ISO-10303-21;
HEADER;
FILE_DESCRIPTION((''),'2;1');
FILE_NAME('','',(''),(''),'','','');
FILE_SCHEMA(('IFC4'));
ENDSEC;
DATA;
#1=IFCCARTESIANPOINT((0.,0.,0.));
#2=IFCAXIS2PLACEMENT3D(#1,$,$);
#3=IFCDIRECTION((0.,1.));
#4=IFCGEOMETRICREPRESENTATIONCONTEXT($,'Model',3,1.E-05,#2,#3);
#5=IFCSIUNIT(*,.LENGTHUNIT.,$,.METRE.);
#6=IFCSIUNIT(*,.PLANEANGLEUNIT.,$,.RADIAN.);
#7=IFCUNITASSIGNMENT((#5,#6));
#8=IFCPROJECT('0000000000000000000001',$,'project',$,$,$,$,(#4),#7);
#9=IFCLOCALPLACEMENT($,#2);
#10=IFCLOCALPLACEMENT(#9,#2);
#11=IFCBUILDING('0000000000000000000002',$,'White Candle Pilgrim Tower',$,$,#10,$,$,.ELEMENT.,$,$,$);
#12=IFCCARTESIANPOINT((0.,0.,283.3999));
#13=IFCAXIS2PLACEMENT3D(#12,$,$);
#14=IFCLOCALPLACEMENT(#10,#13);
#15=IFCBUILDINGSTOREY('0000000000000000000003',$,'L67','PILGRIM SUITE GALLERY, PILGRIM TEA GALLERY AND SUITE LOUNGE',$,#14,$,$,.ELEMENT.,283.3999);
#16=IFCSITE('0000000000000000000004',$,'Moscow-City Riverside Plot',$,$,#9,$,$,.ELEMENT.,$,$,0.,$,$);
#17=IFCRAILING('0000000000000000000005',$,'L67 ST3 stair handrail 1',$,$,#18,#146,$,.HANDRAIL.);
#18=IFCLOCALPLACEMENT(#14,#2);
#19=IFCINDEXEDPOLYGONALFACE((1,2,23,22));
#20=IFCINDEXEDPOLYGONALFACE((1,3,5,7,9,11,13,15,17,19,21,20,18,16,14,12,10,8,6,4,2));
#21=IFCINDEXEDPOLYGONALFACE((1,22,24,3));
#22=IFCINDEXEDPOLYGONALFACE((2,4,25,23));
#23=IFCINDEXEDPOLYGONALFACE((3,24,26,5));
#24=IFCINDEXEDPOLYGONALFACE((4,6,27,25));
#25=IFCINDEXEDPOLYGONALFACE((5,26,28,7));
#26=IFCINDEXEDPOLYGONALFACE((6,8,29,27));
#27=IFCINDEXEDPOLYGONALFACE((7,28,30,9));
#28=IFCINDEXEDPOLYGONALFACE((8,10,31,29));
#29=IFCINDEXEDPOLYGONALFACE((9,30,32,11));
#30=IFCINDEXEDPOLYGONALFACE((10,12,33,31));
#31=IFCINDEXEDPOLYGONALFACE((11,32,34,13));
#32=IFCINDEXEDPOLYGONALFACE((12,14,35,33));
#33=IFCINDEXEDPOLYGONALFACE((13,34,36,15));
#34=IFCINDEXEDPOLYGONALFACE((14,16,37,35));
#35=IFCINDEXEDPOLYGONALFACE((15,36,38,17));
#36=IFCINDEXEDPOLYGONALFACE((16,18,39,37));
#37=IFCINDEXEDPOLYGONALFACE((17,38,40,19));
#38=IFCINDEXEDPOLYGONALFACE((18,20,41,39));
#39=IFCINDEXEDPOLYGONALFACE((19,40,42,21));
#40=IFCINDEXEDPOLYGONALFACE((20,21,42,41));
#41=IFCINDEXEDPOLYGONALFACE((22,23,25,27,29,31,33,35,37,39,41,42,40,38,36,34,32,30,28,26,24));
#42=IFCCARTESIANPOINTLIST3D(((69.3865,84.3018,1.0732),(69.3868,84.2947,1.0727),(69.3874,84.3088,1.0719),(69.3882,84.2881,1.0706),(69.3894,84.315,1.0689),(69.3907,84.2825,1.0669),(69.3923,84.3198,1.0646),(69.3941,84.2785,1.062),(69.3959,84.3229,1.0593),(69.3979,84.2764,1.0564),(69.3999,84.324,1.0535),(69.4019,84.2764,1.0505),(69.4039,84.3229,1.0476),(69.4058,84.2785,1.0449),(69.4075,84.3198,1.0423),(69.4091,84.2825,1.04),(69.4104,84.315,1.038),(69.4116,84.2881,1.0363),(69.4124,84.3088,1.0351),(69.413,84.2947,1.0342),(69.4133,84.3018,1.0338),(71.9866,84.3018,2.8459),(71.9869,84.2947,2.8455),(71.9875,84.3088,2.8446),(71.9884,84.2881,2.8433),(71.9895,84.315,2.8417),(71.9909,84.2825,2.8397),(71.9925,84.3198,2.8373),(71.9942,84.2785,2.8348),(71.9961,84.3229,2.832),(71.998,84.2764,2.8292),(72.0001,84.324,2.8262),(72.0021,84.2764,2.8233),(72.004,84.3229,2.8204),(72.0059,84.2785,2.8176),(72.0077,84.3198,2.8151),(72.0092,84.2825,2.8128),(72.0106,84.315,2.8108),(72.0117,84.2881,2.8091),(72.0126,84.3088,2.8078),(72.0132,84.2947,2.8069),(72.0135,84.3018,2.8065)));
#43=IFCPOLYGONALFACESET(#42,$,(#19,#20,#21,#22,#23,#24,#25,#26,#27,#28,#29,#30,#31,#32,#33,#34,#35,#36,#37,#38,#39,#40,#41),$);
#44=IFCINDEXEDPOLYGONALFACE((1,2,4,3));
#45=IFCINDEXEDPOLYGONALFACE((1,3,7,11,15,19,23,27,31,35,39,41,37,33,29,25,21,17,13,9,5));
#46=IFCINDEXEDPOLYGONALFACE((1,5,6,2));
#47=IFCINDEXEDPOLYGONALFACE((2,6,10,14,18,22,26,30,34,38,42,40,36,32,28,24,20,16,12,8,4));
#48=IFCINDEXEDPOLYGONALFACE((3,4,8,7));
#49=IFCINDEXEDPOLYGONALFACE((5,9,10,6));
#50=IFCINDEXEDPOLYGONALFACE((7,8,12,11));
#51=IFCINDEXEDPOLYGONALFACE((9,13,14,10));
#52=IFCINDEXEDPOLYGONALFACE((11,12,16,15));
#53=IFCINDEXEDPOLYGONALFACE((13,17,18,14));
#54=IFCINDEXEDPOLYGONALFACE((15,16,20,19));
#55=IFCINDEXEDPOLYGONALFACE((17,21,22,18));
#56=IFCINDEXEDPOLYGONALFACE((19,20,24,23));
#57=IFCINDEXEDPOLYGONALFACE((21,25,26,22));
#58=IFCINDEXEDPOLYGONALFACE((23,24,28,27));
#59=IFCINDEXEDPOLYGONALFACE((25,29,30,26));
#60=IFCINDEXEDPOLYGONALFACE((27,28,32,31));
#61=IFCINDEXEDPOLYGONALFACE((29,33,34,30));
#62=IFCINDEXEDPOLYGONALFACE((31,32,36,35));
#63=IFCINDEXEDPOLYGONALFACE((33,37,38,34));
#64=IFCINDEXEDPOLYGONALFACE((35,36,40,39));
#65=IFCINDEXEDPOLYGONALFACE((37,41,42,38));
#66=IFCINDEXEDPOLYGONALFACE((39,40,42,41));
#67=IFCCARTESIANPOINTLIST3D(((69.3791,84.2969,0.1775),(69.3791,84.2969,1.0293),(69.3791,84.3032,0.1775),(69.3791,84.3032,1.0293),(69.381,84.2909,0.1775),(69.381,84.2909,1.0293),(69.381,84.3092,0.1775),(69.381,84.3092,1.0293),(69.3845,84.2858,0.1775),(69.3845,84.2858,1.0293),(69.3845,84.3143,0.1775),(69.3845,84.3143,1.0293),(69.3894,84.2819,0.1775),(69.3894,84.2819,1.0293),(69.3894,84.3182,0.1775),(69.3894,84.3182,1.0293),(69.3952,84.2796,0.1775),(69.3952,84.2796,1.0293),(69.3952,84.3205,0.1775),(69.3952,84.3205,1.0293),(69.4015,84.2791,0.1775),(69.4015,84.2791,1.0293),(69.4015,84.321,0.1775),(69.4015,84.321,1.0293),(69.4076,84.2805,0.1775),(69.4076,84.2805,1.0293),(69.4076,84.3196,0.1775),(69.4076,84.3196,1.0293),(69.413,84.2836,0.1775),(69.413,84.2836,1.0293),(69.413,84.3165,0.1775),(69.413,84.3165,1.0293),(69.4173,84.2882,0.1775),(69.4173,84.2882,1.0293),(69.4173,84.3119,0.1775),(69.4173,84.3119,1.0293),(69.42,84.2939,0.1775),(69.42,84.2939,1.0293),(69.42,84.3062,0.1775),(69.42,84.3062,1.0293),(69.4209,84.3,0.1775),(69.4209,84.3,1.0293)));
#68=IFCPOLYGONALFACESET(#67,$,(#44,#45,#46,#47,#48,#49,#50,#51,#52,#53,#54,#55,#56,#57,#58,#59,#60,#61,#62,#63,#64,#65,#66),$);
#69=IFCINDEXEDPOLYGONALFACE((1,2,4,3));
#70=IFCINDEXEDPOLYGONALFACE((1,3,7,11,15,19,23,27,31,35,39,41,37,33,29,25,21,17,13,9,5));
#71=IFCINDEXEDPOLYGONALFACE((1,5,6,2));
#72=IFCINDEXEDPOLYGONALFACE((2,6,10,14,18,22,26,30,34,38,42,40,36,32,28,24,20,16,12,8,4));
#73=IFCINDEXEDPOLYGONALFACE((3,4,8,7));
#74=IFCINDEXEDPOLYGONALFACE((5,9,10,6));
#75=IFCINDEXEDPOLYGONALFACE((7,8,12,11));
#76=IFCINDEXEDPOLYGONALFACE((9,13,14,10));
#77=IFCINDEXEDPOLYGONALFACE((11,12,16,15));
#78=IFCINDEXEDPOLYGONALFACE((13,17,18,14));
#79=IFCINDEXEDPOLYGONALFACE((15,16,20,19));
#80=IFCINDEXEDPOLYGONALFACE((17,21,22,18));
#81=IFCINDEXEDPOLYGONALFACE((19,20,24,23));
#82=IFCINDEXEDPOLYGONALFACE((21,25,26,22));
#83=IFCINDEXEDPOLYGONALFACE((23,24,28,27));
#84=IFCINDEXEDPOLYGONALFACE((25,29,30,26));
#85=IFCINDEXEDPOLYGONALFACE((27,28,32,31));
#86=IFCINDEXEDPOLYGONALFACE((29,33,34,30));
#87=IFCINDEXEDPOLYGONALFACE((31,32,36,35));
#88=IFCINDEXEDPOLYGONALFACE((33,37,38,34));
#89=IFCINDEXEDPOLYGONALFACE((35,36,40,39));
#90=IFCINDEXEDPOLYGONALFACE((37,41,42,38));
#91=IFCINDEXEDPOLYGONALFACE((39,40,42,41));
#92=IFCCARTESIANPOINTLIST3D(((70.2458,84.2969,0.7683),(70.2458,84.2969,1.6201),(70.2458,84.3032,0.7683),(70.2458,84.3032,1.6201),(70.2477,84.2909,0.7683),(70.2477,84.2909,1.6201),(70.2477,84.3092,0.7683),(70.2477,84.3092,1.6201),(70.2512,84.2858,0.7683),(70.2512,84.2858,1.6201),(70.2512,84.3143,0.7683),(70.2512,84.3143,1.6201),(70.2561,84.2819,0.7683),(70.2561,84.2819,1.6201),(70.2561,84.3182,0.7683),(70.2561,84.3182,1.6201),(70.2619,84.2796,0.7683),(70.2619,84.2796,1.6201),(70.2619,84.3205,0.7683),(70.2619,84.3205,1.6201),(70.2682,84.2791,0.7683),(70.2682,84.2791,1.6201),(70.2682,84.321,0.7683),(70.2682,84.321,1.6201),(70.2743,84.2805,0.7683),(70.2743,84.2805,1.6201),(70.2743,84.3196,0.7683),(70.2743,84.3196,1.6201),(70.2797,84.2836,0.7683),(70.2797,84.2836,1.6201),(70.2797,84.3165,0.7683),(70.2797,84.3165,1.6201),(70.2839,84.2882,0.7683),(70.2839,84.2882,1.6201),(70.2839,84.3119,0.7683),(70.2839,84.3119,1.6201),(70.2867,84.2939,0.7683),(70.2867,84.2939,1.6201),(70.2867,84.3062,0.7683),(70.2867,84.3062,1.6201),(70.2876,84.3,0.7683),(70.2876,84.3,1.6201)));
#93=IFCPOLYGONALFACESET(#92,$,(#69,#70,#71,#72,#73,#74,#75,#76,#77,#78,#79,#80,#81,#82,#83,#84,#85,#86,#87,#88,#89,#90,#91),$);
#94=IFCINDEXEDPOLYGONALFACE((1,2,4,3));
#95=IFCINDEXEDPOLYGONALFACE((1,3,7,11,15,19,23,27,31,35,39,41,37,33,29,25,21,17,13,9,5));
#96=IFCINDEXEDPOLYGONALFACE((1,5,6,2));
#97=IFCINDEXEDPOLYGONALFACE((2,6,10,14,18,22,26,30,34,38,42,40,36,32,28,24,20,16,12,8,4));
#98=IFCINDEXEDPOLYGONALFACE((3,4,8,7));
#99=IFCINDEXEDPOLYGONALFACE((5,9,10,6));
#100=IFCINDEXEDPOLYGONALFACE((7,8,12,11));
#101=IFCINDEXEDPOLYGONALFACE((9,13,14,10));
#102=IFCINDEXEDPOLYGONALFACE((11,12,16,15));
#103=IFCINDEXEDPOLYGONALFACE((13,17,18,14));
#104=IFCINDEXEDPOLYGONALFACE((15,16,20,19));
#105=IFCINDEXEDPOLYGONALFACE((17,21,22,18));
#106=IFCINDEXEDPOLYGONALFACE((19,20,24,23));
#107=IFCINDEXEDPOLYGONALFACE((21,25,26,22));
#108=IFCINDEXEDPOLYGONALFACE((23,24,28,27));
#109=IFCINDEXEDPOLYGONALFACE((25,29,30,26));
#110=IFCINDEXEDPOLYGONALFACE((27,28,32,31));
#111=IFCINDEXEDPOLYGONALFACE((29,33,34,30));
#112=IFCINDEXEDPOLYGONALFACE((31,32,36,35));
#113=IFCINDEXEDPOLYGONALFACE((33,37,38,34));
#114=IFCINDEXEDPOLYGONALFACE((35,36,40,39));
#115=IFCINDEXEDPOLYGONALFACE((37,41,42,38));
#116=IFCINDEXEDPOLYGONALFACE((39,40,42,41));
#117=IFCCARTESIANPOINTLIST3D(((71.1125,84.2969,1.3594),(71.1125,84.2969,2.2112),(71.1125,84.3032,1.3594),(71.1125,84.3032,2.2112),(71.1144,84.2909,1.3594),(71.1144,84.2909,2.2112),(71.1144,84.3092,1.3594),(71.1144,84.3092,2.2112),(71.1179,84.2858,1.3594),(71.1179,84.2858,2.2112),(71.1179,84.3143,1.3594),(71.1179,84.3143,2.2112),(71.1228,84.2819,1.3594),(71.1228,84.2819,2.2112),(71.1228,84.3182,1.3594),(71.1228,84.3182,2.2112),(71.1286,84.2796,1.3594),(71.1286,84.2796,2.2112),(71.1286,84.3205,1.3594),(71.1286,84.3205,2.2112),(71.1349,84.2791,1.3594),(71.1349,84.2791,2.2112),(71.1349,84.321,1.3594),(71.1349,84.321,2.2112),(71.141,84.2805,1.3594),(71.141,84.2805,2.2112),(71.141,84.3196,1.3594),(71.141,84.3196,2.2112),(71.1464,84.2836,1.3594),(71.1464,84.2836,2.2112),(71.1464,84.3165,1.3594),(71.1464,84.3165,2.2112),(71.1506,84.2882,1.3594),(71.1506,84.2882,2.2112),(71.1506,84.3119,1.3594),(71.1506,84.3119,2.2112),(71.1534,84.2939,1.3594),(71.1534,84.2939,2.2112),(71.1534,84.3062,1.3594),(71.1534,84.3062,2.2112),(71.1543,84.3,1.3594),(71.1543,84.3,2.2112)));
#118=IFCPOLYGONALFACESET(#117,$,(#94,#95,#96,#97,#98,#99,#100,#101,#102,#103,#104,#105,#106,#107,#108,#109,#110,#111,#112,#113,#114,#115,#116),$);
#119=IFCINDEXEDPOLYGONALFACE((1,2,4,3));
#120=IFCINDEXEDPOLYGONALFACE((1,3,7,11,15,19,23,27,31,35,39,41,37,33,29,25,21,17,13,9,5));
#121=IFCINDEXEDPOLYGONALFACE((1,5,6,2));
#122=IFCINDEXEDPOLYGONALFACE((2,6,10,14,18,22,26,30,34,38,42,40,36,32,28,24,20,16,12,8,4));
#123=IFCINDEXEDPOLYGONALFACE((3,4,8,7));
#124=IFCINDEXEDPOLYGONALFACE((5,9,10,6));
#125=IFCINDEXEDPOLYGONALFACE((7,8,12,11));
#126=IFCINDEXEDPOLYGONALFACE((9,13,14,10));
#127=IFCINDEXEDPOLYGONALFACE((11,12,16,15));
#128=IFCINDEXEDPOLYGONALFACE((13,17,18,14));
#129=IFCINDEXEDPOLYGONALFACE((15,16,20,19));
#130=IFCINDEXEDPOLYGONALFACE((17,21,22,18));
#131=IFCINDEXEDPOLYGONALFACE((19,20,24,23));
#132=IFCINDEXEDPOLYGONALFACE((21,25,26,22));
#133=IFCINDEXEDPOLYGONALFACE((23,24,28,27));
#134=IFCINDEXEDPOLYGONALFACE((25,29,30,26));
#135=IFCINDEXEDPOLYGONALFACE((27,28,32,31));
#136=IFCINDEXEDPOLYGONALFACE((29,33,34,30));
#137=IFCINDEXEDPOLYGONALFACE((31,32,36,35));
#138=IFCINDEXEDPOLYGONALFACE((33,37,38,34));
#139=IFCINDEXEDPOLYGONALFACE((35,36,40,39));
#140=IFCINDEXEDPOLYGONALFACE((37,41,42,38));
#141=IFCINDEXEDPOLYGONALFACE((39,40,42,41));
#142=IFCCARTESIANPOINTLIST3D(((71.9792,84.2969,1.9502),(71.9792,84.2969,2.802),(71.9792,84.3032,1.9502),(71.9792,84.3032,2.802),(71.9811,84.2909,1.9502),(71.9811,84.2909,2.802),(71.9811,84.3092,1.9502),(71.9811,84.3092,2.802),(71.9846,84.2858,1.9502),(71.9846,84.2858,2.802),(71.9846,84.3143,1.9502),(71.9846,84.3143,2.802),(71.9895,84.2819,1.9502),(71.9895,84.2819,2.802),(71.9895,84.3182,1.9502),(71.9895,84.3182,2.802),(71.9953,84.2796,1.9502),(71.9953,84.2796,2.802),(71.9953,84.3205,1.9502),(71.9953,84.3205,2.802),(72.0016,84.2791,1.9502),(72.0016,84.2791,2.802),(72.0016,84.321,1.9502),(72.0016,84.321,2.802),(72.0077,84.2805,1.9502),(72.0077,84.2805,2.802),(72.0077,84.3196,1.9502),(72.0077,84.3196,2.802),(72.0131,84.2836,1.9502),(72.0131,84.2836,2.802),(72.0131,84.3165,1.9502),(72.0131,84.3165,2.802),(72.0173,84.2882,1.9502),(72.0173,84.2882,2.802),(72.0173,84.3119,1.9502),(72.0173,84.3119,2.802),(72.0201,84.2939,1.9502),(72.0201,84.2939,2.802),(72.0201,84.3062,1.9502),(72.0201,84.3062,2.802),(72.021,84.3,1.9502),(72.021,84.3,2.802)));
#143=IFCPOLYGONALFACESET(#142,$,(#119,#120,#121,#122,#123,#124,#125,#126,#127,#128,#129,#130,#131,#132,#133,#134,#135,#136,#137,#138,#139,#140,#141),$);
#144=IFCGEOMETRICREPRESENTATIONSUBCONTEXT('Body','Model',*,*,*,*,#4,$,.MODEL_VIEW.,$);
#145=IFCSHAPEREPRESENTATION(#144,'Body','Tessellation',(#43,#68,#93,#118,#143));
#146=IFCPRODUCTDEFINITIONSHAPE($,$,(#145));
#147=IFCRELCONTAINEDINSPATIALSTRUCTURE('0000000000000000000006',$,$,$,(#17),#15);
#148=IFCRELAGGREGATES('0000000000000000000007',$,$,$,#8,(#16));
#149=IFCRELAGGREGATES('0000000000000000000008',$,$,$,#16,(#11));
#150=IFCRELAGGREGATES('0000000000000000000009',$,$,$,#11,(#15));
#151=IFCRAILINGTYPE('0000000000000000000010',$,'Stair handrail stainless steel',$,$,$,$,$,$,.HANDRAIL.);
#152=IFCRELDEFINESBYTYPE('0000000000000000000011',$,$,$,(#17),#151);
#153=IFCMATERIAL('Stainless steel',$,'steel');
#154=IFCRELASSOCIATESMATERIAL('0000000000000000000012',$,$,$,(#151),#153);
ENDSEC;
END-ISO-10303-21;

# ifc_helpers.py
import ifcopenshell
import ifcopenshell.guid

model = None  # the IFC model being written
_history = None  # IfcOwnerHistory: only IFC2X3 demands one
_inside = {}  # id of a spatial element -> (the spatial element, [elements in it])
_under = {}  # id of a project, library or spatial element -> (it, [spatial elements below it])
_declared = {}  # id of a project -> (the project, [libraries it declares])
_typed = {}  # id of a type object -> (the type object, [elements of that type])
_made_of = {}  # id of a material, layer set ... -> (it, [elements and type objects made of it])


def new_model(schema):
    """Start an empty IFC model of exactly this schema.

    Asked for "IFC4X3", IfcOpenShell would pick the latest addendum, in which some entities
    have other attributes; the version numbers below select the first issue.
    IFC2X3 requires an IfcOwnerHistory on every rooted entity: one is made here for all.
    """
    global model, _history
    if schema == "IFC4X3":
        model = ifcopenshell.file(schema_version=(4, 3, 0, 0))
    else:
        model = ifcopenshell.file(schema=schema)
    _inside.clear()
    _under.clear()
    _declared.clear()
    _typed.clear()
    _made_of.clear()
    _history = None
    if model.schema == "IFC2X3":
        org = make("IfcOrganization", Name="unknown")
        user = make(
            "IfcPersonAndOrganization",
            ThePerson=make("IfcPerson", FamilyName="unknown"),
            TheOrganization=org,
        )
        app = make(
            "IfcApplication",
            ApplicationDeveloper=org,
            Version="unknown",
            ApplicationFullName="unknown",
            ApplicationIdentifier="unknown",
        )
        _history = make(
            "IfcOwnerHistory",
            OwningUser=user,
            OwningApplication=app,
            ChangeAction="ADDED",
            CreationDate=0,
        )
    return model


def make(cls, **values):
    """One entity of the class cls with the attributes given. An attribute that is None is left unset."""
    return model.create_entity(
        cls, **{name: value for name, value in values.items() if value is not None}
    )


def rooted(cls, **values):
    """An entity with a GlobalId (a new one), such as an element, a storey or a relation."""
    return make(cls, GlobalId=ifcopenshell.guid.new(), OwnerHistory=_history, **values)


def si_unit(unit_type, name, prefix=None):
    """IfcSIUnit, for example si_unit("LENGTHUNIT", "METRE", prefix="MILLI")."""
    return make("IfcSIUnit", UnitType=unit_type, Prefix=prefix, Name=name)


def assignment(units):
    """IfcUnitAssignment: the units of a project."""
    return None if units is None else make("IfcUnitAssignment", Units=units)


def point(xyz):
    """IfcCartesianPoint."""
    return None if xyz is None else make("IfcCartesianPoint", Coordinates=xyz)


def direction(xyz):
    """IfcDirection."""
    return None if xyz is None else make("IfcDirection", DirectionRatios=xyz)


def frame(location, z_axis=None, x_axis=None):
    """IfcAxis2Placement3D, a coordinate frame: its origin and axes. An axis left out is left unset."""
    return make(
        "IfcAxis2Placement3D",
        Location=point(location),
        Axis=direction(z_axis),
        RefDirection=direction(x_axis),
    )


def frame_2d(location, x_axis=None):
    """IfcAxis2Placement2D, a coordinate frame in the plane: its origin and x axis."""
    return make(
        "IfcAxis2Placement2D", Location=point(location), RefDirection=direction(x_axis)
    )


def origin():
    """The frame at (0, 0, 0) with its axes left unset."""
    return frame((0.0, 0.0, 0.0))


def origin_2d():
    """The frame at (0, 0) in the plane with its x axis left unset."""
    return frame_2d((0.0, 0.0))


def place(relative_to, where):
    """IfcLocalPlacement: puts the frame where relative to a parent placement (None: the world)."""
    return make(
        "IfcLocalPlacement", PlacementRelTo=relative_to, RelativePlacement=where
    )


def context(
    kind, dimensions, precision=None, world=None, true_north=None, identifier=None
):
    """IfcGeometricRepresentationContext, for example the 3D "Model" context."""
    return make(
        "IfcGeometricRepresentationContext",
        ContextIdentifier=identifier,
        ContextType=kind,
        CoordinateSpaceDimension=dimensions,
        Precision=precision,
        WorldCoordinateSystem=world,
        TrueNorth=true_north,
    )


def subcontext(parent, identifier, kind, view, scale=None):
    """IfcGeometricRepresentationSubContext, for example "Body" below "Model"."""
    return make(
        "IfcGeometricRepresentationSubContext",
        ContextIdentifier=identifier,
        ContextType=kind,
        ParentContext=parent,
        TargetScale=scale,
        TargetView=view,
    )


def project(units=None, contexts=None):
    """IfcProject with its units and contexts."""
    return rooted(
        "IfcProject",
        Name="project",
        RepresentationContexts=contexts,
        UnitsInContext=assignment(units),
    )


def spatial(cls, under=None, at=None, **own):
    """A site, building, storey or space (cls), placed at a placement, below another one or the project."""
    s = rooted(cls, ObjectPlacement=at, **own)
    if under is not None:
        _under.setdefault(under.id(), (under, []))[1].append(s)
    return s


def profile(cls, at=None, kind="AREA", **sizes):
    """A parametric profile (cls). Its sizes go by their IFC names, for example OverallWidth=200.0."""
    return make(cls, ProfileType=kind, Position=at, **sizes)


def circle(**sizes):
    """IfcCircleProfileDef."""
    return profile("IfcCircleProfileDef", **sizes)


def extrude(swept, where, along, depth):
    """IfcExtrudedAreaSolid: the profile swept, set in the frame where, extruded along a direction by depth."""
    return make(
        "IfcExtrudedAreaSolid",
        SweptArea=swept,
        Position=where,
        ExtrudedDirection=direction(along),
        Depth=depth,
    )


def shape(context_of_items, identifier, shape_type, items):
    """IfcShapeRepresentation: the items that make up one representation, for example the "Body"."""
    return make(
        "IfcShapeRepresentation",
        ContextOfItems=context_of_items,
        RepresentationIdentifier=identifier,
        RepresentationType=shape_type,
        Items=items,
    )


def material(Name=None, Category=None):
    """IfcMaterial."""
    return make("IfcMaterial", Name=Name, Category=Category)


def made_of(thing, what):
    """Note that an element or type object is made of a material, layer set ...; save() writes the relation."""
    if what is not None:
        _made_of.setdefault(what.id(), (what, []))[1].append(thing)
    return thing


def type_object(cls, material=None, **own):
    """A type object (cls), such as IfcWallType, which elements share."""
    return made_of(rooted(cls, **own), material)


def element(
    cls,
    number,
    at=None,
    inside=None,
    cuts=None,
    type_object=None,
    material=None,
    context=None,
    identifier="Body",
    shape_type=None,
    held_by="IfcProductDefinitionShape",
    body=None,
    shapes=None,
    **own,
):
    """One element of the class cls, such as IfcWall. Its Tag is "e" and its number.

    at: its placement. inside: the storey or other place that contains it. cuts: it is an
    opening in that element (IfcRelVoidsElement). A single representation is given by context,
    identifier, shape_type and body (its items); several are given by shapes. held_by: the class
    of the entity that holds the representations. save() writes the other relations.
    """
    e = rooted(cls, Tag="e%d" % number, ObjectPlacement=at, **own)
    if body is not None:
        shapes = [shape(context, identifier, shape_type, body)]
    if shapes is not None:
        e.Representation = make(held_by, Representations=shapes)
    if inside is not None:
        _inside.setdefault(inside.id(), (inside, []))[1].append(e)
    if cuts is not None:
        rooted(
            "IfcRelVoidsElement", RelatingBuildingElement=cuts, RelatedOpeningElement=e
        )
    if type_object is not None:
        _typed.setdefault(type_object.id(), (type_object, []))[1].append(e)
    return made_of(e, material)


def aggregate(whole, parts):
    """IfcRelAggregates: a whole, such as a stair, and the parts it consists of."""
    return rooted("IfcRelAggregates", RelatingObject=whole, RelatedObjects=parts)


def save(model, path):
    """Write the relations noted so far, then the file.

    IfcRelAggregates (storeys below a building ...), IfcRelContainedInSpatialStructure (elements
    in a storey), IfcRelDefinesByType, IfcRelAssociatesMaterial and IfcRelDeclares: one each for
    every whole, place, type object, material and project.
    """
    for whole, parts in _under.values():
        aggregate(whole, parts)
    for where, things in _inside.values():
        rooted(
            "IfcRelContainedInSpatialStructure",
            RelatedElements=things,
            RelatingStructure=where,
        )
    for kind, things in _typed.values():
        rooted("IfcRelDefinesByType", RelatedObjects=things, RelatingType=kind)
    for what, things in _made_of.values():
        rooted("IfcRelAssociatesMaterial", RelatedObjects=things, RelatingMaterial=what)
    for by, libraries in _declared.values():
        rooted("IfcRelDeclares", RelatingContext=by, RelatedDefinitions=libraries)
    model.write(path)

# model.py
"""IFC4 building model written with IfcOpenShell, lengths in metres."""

from ifc_helpers import new_model, si_unit, direction, frame, origin, origin_2d, place, context, subcontext, project, spatial, circle, extrude, material, type_object, element, save


model = new_model("IFC4")

# Units and contexts
model_context = context("Model", 3, precision=1e-05, world=origin(), true_north=direction((0.0, 1.0)))
body_context = subcontext(model_context, "Body", "Model", "MODEL_VIEW")
ifc_project = project(units=[si_unit("LENGTHUNIT", "METRE"), si_unit("PLANEANGLEUNIT", "RADIAN")], contexts=[model_context])

# Site, building, storey
site_placement = place(None, origin())
site = spatial("IfcSite", under=ifc_project, at=site_placement, Name="Moscow-City Riverside Plot", CompositionType="ELEMENT", RefElevation=0.0)
building_placement = place(site_placement, origin())
building = spatial("IfcBuilding", under=site, at=building_placement, Name="White Candle Pilgrim Tower", CompositionType="ELEMENT")
storey_placement = place(building_placement, frame((0.0, 0.0, 283.3999)))
storey = spatial("IfcBuildingStorey", under=building, at=storey_placement, Name="L67", Description="PILGRIM SUITE GALLERY, PILGRIM TEA GALLERY AND SUITE LOUNGE", CompositionType="ELEMENT", Elevation=283.3999)

# Railing
ifc_material_1 = material(Name="Stainless steel", Category="steel")
railing_type_1 = type_object("IfcRailingType", Name="Stair handrail stainless steel", PredefinedType="HANDRAIL", material=ifc_material_1)
railing_1_placement = place(storey_placement, frame((69.3999, 84.3, 0.1775)))
element("IfcRailing", 1, at=railing_1_placement, inside=storey, type_object=railing_type_1, Name="L67 ST3 stair handrail 1", PredefinedType="HANDRAIL", context=body_context, shape_type="SweptSolid", body=[
    extrude(circle(Radius=0.0239, at=origin_2d()), frame((0.0, 0.0, 0.876), z_axis=(0.82624, 0.0, 0.563318), x_axis=(0.0, 1.0, 0.0)), (0.0, 0.0, 1.0), 3.147),
    extrude(circle(Radius=0.021, at=origin_2d()), origin(), (0.0, 0.0, 1.0), 0.8518),
    extrude(circle(Radius=0.021, at=origin_2d()), frame((0.8667, 0.0, 0.5908)), (0.0, 0.0, 1.0), 0.8518),
    extrude(circle(Radius=0.021, at=origin_2d()), frame((1.7334, 0.0, 1.1819)), (0.0, 0.0, 1.0), 0.8518),
    extrude(circle(Radius=0.021, at=origin_2d()), frame((2.6001, 0.0, 1.7727)), (0.0, 0.0, 1.0), 0.8518),
])

save(model, "model.ifc")
